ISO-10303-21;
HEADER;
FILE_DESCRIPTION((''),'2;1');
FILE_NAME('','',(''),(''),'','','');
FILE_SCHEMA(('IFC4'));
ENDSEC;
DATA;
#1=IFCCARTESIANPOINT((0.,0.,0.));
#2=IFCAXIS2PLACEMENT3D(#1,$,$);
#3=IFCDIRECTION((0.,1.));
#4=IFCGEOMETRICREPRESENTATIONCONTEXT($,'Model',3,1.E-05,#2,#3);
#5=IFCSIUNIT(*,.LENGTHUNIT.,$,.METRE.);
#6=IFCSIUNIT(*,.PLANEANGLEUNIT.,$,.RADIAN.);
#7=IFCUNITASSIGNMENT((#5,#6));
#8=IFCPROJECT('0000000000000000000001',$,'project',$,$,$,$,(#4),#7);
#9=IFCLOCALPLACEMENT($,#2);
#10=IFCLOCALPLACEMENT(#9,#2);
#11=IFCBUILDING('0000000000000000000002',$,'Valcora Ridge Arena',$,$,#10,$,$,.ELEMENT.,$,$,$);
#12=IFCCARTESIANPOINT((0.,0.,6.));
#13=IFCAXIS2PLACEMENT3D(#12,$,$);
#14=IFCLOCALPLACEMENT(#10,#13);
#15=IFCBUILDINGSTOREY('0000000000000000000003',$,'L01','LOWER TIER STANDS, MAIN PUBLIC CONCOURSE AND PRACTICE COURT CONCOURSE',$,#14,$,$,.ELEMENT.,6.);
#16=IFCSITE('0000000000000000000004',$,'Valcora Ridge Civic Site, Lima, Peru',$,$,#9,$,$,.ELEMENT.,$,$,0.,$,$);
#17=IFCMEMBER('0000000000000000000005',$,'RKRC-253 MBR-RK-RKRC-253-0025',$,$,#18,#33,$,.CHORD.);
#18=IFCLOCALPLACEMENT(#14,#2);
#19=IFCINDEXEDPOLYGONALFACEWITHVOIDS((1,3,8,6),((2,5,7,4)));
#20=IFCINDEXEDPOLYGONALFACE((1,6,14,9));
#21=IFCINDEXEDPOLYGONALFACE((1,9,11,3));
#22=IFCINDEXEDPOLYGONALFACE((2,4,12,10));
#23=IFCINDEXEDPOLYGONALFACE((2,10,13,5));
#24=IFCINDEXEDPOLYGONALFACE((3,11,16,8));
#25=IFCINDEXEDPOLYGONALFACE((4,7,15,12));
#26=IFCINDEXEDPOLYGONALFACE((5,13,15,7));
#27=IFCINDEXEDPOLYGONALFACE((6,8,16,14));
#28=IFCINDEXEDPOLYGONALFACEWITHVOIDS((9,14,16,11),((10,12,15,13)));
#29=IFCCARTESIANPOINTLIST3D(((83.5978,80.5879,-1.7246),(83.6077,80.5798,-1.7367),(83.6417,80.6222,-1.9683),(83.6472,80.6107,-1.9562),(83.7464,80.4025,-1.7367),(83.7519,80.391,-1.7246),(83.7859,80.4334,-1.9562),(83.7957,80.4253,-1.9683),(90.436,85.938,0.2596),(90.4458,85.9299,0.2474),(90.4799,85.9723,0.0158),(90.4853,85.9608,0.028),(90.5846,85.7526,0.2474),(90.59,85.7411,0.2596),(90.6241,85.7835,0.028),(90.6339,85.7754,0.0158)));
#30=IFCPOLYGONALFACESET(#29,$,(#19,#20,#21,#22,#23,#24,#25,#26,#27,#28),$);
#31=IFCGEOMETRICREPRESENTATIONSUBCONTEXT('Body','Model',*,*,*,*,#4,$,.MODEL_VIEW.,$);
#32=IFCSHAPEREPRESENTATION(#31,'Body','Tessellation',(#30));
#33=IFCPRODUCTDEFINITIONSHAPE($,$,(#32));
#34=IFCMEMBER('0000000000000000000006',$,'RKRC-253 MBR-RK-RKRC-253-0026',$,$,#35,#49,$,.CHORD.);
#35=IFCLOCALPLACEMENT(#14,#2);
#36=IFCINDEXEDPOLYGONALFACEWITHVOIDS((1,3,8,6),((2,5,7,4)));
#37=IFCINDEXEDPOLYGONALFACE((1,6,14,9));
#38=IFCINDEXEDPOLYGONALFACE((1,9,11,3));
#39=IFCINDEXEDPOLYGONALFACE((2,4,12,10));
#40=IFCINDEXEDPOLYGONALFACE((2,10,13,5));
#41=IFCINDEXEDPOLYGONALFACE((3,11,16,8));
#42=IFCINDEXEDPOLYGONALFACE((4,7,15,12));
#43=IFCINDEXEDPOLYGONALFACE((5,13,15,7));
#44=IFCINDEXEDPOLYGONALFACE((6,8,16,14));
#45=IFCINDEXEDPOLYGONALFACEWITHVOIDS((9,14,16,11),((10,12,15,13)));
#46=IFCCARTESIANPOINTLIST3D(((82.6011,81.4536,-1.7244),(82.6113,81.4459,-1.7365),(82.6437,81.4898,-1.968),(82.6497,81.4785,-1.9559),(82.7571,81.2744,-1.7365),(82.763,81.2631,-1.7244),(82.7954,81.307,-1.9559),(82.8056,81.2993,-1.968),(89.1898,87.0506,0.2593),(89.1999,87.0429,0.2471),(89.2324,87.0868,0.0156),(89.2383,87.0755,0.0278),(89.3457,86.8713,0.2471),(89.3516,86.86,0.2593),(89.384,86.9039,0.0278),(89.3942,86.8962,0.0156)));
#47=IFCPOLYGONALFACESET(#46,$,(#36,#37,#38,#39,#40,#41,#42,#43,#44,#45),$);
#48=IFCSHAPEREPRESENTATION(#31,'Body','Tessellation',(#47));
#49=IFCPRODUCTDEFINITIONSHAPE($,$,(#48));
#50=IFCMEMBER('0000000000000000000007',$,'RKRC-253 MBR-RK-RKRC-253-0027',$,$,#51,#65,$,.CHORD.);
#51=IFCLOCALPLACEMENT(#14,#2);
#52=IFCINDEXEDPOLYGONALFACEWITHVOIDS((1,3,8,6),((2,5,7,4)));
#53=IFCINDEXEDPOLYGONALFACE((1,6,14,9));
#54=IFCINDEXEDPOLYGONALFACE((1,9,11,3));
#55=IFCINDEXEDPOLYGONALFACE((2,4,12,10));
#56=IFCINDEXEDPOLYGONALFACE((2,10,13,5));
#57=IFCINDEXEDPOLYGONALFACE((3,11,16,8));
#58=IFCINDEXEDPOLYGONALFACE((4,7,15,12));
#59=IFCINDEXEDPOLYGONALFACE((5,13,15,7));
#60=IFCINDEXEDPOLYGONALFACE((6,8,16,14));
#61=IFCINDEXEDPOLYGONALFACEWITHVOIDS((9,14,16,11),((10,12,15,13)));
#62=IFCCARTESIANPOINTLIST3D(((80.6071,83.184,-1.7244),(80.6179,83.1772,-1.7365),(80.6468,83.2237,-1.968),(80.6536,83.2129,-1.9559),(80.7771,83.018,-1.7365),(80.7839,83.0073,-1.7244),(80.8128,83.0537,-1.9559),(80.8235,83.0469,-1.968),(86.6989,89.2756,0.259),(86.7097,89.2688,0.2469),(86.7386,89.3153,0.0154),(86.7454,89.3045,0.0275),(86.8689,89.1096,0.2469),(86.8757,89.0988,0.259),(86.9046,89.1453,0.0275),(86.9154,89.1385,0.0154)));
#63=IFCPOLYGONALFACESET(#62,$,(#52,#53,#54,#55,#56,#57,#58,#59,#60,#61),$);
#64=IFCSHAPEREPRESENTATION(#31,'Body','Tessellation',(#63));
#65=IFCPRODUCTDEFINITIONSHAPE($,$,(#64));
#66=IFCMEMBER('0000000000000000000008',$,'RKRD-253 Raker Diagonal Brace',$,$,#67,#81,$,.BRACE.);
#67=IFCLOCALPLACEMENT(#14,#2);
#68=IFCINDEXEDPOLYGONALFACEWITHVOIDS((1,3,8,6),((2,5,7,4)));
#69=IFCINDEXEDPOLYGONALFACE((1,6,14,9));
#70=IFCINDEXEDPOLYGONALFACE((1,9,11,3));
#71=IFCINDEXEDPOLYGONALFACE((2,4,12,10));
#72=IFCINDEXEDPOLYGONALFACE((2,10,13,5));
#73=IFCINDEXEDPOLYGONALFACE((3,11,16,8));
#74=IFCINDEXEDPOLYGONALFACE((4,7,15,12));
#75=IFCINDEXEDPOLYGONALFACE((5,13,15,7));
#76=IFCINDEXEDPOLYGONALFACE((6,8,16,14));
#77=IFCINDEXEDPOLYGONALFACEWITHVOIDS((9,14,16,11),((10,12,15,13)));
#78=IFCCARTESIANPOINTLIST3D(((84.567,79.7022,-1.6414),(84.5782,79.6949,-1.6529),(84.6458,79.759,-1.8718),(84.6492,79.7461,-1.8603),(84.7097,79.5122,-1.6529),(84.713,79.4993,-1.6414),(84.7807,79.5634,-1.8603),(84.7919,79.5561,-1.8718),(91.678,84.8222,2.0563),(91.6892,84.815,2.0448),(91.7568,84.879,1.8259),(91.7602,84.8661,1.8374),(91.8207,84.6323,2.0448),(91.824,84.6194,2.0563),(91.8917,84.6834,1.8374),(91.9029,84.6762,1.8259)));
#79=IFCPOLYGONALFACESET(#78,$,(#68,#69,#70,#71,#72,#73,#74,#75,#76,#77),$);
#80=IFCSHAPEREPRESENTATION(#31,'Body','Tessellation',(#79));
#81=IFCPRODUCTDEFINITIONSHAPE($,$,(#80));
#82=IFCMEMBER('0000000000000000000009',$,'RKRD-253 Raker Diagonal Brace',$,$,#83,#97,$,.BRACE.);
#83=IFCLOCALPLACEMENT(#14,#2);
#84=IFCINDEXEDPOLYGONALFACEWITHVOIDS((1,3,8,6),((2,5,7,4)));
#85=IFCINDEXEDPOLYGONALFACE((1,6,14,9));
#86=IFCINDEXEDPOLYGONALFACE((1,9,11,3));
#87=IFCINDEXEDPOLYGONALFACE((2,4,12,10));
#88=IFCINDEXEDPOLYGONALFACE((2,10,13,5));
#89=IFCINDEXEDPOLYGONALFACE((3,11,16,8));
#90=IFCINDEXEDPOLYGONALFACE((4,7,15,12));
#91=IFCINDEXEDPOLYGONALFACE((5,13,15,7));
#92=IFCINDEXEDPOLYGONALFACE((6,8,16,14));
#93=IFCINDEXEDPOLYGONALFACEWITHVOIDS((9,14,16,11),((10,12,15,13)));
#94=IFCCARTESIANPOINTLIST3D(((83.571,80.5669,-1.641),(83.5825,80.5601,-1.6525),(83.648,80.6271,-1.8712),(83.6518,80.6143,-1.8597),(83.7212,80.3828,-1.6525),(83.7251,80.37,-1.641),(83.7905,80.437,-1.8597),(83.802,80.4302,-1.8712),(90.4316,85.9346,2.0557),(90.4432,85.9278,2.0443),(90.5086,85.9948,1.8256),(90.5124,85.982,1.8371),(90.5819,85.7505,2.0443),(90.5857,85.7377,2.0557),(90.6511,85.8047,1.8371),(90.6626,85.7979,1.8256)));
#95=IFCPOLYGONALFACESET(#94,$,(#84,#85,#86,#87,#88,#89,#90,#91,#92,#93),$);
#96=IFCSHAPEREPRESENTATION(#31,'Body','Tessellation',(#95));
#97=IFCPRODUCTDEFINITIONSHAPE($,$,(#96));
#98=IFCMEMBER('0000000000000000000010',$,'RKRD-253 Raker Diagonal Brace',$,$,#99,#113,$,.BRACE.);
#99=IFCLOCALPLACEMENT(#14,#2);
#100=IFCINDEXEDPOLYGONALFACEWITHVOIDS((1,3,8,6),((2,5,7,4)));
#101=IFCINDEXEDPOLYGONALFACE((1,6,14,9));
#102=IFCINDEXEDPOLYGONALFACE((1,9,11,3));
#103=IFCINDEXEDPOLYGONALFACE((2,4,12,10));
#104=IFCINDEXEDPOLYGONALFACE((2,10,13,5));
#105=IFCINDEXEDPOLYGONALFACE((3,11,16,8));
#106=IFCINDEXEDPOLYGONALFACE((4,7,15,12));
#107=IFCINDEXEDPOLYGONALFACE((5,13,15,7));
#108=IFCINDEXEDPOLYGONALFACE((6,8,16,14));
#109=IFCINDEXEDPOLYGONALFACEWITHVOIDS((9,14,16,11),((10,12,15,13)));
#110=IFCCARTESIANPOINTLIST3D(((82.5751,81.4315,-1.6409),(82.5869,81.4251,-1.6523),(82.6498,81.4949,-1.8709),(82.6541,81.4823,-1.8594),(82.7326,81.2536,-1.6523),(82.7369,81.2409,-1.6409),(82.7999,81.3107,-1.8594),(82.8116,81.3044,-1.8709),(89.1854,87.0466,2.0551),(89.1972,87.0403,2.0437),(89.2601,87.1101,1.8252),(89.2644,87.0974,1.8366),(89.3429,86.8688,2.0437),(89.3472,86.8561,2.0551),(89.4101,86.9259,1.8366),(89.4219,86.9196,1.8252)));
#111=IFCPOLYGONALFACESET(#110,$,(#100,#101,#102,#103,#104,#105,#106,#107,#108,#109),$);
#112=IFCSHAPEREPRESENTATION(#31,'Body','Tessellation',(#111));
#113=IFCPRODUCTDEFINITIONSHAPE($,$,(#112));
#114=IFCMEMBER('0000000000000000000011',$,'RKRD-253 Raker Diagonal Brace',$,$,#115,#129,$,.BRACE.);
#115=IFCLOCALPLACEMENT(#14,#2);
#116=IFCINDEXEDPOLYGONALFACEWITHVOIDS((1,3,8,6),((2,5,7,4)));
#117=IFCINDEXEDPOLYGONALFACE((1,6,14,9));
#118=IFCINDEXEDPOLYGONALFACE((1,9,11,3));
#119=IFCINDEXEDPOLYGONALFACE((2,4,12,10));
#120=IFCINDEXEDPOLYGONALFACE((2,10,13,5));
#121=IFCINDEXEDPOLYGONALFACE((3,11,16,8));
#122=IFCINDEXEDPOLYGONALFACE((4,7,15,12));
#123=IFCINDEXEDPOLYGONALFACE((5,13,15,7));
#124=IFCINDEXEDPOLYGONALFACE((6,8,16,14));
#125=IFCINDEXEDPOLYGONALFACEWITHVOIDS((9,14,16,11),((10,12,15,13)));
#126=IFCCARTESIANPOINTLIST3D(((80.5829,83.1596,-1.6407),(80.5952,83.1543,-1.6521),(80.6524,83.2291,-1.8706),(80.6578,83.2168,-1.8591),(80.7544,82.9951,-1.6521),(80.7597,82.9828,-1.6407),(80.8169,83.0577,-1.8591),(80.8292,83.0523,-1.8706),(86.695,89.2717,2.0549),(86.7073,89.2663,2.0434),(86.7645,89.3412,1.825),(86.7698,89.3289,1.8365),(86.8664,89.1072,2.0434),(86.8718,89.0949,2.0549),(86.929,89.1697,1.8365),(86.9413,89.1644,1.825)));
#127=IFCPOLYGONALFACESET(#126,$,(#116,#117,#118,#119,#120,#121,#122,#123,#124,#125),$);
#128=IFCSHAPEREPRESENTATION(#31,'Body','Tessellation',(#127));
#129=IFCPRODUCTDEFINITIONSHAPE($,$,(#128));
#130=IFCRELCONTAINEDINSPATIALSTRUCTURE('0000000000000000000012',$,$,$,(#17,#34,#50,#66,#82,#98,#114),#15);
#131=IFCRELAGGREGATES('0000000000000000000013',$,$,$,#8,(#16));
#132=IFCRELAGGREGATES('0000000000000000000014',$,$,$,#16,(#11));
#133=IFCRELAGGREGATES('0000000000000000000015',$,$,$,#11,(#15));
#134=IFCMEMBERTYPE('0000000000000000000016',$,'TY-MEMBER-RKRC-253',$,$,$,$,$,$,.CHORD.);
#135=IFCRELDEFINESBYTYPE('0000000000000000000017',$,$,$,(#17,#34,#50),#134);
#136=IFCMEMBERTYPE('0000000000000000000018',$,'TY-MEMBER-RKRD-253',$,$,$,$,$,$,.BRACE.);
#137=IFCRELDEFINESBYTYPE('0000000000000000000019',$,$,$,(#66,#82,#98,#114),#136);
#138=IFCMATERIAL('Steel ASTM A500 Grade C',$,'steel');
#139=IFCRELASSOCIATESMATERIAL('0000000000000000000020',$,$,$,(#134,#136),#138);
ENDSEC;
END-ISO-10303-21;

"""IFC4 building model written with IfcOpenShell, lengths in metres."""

from ifc_helpers import new_model, si_unit, direction, frame, origin, origin_2d, place, context, subcontext, project, spatial, hollow_rectangle, extrude, material, material_profile, profile_set, type_object, element, save


model = new_model("IFC4")

# Units and contexts
model_context = context("Model", 3, precision=1e-05, world=origin(), true_north=direction((0.0, 1.0)))
body_context = subcontext(model_context, "Body", "Model", "MODEL_VIEW")
ifc_project = project(units=[si_unit("LENGTHUNIT", "METRE"), si_unit("PLANEANGLEUNIT", "RADIAN")], contexts=[model_context])

# Site, building, storey
site_placement = place(None, origin())
site = spatial("IfcSite", under=ifc_project, at=site_placement, Name="Valcora Ridge Civic Site, Lima, Peru", CompositionType="ELEMENT", RefElevation=0.0)
building_placement = place(site_placement, origin())
building = spatial("IfcBuilding", under=site, at=building_placement, Name="Valcora Ridge Arena", CompositionType="ELEMENT")
storey_placement = place(building_placement, frame((0.0, 0.0, 6.0)))
storey = spatial("IfcBuildingStorey", under=building, at=storey_placement, Name="L01", Description="LOWER TIER STANDS, MAIN PUBLIC CONCOURSE AND PRACTICE COURT CONCOURSE", CompositionType="ELEMENT", Elevation=6.0)

# Members
ifc_material_1 = material(Name="Steel ASTM A500 Grade C", Category="steel")
ifc_material_profile_1 = material_profile(ifc_material_1, hollow_rectangle(XDim=0.25, YDim=0.25, WallThickness=0.0125, at=origin_2d()), Name="HSS250X250X12")
ifc_profile_set_1 = profile_set([ifc_material_profile_1], Name="Steel ASTM A500 Grade C")
member_type_1 = type_object("IfcMemberType", Name="TY-MEMBER-RKRC-253", PredefinedType="CHORD", material=ifc_profile_set_1)
member_1_placement = place(storey_placement, frame((83.6968, 80.5066, -1.8464), z_axis=(0.767795, 0.600716, 0.222781), x_axis=(-0.616202, 0.787588, 0.0)))
element("IfcMember", 1, at=member_1_placement, inside=storey, type_object=member_type_1, Name="RKRC-253 MBR-RK-RKRC-253-0025", PredefinedType="CHORD", context=body_context, shape_type="SweptSolid", body=[
    extrude(hollow_rectangle(XDim=0.25, YDim=0.25, WallThickness=0.0125, at=origin_2d()), origin(), (0.0, 0.0, 1.0), 8.9062),
])
member_2_placement = place(storey_placement, frame((82.7034, 81.3765, -1.8462), z_axis=(0.742829, 0.631021, 0.223644), x_axis=(-0.64742, 0.762134, 0.0)))
element("IfcMember", 2, at=member_2_placement, inside=storey, type_object=member_type_1, Name="RKRC-253 MBR-RK-RKRC-253-0026", PredefinedType="CHORD", context=body_context, shape_type="SweptSolid", body=[
    extrude(hollow_rectangle(XDim=0.25, YDim=0.25, WallThickness=0.0125, at=origin_2d()), origin(), (0.0, 0.0, 1.0), 8.8696),
])
member_3_placement = place(storey_placement, frame((80.7153, 83.1155, -1.8462), z_axis=(0.689094, 0.689066, 0.224359), x_axis=(-0.707093, 0.707121, 0.0)))
element("IfcMember", 3, at=member_3_placement, inside=storey, type_object=member_type_1, Name="RKRC-253 MBR-RK-RKRC-253-0027", PredefinedType="CHORD", context=body_context, shape_type="SweptSolid", body=[
    extrude(hollow_rectangle(XDim=0.25, YDim=0.25, WallThickness=0.0125, at=origin_2d()), origin(), (0.0, 0.0, 1.0), 8.8403),
])
ifc_material_profile_2 = material_profile(ifc_material_1, hollow_rectangle(XDim=0.25, YDim=0.25, WallThickness=0.0125, at=origin_2d()), Name="HSS250X250X12")
ifc_profile_set_2 = profile_set([ifc_material_profile_2], Name="Steel ASTM A500 Grade C")
member_type_2 = type_object("IfcMemberType", Name="TY-MEMBER-RKRD-253", PredefinedType="BRACE", material=ifc_profile_set_2)
member_4_placement = place(storey_placement, frame((84.6794, 79.6292, -1.7566), z_axis=(0.74768, 0.538344, 0.388793), x_axis=(-0.584315, 0.811527, 0.0)))
element("IfcMember", 4, at=member_4_placement, inside=storey, type_object=member_type_2, Name="RKRD-253 Raker Diagonal Brace", PredefinedType="BRACE", context=body_context, shape_type="SweptSolid", body=[
    extrude(hollow_rectangle(XDim=0.25, YDim=0.25, WallThickness=0.0125, at=origin_2d()), origin(), (0.0, 0.0, 1.0), 9.5107),
])
member_5_placement = place(storey_placement, frame((83.6865, 80.4985, -1.7561), z_axis=(0.725002, 0.567236, 0.390661), x_axis=(-0.616202, 0.787588, 0.0)))
element("IfcMember", 5, at=member_5_placement, inside=storey, type_object=member_type_2, Name="RKRD-253 Raker Diagonal Brace", PredefinedType="BRACE", context=body_context, shape_type="SweptSolid", body=[
    extrude(hollow_rectangle(XDim=0.25, YDim=0.25, WallThickness=0.0125, at=origin_2d()), origin(), (0.0, 0.0, 1.0), 9.4629),
])
member_6_placement = place(storey_placement, frame((82.6934, 81.3679, -1.7559), z_axis=(0.701136, 0.595587, 0.392026), x_axis=(-0.64741, 0.762142, 0.0)))
element("IfcMember", 6, at=member_6_placement, inside=storey, type_object=member_type_2, Name="RKRD-253 Raker Diagonal Brace", PredefinedType="BRACE", context=body_context, shape_type="SweptSolid", body=[
    extrude(hollow_rectangle(XDim=0.25, YDim=0.25, WallThickness=0.0125, at=origin_2d()), origin(), (0.0, 0.0, 1.0), 9.428),
])
member_7_placement = place(storey_placement, frame((80.7061, 83.106, -1.7556), z_axis=(0.650176, 0.650176, 0.393118), x_axis=(-0.707107, 0.707107, 0.0)))
element("IfcMember", 7, at=member_7_placement, inside=storey, type_object=member_type_2, Name="RKRD-253 Raker Diagonal Brace", PredefinedType="BRACE", context=body_context, shape_type="SweptSolid", body=[
    extrude(hollow_rectangle(XDim=0.25, YDim=0.25, WallThickness=0.0125, at=origin_2d()), origin(), (0.0, 0.0, 1.0), 9.4006),
])

save(model, "model.ifc")
